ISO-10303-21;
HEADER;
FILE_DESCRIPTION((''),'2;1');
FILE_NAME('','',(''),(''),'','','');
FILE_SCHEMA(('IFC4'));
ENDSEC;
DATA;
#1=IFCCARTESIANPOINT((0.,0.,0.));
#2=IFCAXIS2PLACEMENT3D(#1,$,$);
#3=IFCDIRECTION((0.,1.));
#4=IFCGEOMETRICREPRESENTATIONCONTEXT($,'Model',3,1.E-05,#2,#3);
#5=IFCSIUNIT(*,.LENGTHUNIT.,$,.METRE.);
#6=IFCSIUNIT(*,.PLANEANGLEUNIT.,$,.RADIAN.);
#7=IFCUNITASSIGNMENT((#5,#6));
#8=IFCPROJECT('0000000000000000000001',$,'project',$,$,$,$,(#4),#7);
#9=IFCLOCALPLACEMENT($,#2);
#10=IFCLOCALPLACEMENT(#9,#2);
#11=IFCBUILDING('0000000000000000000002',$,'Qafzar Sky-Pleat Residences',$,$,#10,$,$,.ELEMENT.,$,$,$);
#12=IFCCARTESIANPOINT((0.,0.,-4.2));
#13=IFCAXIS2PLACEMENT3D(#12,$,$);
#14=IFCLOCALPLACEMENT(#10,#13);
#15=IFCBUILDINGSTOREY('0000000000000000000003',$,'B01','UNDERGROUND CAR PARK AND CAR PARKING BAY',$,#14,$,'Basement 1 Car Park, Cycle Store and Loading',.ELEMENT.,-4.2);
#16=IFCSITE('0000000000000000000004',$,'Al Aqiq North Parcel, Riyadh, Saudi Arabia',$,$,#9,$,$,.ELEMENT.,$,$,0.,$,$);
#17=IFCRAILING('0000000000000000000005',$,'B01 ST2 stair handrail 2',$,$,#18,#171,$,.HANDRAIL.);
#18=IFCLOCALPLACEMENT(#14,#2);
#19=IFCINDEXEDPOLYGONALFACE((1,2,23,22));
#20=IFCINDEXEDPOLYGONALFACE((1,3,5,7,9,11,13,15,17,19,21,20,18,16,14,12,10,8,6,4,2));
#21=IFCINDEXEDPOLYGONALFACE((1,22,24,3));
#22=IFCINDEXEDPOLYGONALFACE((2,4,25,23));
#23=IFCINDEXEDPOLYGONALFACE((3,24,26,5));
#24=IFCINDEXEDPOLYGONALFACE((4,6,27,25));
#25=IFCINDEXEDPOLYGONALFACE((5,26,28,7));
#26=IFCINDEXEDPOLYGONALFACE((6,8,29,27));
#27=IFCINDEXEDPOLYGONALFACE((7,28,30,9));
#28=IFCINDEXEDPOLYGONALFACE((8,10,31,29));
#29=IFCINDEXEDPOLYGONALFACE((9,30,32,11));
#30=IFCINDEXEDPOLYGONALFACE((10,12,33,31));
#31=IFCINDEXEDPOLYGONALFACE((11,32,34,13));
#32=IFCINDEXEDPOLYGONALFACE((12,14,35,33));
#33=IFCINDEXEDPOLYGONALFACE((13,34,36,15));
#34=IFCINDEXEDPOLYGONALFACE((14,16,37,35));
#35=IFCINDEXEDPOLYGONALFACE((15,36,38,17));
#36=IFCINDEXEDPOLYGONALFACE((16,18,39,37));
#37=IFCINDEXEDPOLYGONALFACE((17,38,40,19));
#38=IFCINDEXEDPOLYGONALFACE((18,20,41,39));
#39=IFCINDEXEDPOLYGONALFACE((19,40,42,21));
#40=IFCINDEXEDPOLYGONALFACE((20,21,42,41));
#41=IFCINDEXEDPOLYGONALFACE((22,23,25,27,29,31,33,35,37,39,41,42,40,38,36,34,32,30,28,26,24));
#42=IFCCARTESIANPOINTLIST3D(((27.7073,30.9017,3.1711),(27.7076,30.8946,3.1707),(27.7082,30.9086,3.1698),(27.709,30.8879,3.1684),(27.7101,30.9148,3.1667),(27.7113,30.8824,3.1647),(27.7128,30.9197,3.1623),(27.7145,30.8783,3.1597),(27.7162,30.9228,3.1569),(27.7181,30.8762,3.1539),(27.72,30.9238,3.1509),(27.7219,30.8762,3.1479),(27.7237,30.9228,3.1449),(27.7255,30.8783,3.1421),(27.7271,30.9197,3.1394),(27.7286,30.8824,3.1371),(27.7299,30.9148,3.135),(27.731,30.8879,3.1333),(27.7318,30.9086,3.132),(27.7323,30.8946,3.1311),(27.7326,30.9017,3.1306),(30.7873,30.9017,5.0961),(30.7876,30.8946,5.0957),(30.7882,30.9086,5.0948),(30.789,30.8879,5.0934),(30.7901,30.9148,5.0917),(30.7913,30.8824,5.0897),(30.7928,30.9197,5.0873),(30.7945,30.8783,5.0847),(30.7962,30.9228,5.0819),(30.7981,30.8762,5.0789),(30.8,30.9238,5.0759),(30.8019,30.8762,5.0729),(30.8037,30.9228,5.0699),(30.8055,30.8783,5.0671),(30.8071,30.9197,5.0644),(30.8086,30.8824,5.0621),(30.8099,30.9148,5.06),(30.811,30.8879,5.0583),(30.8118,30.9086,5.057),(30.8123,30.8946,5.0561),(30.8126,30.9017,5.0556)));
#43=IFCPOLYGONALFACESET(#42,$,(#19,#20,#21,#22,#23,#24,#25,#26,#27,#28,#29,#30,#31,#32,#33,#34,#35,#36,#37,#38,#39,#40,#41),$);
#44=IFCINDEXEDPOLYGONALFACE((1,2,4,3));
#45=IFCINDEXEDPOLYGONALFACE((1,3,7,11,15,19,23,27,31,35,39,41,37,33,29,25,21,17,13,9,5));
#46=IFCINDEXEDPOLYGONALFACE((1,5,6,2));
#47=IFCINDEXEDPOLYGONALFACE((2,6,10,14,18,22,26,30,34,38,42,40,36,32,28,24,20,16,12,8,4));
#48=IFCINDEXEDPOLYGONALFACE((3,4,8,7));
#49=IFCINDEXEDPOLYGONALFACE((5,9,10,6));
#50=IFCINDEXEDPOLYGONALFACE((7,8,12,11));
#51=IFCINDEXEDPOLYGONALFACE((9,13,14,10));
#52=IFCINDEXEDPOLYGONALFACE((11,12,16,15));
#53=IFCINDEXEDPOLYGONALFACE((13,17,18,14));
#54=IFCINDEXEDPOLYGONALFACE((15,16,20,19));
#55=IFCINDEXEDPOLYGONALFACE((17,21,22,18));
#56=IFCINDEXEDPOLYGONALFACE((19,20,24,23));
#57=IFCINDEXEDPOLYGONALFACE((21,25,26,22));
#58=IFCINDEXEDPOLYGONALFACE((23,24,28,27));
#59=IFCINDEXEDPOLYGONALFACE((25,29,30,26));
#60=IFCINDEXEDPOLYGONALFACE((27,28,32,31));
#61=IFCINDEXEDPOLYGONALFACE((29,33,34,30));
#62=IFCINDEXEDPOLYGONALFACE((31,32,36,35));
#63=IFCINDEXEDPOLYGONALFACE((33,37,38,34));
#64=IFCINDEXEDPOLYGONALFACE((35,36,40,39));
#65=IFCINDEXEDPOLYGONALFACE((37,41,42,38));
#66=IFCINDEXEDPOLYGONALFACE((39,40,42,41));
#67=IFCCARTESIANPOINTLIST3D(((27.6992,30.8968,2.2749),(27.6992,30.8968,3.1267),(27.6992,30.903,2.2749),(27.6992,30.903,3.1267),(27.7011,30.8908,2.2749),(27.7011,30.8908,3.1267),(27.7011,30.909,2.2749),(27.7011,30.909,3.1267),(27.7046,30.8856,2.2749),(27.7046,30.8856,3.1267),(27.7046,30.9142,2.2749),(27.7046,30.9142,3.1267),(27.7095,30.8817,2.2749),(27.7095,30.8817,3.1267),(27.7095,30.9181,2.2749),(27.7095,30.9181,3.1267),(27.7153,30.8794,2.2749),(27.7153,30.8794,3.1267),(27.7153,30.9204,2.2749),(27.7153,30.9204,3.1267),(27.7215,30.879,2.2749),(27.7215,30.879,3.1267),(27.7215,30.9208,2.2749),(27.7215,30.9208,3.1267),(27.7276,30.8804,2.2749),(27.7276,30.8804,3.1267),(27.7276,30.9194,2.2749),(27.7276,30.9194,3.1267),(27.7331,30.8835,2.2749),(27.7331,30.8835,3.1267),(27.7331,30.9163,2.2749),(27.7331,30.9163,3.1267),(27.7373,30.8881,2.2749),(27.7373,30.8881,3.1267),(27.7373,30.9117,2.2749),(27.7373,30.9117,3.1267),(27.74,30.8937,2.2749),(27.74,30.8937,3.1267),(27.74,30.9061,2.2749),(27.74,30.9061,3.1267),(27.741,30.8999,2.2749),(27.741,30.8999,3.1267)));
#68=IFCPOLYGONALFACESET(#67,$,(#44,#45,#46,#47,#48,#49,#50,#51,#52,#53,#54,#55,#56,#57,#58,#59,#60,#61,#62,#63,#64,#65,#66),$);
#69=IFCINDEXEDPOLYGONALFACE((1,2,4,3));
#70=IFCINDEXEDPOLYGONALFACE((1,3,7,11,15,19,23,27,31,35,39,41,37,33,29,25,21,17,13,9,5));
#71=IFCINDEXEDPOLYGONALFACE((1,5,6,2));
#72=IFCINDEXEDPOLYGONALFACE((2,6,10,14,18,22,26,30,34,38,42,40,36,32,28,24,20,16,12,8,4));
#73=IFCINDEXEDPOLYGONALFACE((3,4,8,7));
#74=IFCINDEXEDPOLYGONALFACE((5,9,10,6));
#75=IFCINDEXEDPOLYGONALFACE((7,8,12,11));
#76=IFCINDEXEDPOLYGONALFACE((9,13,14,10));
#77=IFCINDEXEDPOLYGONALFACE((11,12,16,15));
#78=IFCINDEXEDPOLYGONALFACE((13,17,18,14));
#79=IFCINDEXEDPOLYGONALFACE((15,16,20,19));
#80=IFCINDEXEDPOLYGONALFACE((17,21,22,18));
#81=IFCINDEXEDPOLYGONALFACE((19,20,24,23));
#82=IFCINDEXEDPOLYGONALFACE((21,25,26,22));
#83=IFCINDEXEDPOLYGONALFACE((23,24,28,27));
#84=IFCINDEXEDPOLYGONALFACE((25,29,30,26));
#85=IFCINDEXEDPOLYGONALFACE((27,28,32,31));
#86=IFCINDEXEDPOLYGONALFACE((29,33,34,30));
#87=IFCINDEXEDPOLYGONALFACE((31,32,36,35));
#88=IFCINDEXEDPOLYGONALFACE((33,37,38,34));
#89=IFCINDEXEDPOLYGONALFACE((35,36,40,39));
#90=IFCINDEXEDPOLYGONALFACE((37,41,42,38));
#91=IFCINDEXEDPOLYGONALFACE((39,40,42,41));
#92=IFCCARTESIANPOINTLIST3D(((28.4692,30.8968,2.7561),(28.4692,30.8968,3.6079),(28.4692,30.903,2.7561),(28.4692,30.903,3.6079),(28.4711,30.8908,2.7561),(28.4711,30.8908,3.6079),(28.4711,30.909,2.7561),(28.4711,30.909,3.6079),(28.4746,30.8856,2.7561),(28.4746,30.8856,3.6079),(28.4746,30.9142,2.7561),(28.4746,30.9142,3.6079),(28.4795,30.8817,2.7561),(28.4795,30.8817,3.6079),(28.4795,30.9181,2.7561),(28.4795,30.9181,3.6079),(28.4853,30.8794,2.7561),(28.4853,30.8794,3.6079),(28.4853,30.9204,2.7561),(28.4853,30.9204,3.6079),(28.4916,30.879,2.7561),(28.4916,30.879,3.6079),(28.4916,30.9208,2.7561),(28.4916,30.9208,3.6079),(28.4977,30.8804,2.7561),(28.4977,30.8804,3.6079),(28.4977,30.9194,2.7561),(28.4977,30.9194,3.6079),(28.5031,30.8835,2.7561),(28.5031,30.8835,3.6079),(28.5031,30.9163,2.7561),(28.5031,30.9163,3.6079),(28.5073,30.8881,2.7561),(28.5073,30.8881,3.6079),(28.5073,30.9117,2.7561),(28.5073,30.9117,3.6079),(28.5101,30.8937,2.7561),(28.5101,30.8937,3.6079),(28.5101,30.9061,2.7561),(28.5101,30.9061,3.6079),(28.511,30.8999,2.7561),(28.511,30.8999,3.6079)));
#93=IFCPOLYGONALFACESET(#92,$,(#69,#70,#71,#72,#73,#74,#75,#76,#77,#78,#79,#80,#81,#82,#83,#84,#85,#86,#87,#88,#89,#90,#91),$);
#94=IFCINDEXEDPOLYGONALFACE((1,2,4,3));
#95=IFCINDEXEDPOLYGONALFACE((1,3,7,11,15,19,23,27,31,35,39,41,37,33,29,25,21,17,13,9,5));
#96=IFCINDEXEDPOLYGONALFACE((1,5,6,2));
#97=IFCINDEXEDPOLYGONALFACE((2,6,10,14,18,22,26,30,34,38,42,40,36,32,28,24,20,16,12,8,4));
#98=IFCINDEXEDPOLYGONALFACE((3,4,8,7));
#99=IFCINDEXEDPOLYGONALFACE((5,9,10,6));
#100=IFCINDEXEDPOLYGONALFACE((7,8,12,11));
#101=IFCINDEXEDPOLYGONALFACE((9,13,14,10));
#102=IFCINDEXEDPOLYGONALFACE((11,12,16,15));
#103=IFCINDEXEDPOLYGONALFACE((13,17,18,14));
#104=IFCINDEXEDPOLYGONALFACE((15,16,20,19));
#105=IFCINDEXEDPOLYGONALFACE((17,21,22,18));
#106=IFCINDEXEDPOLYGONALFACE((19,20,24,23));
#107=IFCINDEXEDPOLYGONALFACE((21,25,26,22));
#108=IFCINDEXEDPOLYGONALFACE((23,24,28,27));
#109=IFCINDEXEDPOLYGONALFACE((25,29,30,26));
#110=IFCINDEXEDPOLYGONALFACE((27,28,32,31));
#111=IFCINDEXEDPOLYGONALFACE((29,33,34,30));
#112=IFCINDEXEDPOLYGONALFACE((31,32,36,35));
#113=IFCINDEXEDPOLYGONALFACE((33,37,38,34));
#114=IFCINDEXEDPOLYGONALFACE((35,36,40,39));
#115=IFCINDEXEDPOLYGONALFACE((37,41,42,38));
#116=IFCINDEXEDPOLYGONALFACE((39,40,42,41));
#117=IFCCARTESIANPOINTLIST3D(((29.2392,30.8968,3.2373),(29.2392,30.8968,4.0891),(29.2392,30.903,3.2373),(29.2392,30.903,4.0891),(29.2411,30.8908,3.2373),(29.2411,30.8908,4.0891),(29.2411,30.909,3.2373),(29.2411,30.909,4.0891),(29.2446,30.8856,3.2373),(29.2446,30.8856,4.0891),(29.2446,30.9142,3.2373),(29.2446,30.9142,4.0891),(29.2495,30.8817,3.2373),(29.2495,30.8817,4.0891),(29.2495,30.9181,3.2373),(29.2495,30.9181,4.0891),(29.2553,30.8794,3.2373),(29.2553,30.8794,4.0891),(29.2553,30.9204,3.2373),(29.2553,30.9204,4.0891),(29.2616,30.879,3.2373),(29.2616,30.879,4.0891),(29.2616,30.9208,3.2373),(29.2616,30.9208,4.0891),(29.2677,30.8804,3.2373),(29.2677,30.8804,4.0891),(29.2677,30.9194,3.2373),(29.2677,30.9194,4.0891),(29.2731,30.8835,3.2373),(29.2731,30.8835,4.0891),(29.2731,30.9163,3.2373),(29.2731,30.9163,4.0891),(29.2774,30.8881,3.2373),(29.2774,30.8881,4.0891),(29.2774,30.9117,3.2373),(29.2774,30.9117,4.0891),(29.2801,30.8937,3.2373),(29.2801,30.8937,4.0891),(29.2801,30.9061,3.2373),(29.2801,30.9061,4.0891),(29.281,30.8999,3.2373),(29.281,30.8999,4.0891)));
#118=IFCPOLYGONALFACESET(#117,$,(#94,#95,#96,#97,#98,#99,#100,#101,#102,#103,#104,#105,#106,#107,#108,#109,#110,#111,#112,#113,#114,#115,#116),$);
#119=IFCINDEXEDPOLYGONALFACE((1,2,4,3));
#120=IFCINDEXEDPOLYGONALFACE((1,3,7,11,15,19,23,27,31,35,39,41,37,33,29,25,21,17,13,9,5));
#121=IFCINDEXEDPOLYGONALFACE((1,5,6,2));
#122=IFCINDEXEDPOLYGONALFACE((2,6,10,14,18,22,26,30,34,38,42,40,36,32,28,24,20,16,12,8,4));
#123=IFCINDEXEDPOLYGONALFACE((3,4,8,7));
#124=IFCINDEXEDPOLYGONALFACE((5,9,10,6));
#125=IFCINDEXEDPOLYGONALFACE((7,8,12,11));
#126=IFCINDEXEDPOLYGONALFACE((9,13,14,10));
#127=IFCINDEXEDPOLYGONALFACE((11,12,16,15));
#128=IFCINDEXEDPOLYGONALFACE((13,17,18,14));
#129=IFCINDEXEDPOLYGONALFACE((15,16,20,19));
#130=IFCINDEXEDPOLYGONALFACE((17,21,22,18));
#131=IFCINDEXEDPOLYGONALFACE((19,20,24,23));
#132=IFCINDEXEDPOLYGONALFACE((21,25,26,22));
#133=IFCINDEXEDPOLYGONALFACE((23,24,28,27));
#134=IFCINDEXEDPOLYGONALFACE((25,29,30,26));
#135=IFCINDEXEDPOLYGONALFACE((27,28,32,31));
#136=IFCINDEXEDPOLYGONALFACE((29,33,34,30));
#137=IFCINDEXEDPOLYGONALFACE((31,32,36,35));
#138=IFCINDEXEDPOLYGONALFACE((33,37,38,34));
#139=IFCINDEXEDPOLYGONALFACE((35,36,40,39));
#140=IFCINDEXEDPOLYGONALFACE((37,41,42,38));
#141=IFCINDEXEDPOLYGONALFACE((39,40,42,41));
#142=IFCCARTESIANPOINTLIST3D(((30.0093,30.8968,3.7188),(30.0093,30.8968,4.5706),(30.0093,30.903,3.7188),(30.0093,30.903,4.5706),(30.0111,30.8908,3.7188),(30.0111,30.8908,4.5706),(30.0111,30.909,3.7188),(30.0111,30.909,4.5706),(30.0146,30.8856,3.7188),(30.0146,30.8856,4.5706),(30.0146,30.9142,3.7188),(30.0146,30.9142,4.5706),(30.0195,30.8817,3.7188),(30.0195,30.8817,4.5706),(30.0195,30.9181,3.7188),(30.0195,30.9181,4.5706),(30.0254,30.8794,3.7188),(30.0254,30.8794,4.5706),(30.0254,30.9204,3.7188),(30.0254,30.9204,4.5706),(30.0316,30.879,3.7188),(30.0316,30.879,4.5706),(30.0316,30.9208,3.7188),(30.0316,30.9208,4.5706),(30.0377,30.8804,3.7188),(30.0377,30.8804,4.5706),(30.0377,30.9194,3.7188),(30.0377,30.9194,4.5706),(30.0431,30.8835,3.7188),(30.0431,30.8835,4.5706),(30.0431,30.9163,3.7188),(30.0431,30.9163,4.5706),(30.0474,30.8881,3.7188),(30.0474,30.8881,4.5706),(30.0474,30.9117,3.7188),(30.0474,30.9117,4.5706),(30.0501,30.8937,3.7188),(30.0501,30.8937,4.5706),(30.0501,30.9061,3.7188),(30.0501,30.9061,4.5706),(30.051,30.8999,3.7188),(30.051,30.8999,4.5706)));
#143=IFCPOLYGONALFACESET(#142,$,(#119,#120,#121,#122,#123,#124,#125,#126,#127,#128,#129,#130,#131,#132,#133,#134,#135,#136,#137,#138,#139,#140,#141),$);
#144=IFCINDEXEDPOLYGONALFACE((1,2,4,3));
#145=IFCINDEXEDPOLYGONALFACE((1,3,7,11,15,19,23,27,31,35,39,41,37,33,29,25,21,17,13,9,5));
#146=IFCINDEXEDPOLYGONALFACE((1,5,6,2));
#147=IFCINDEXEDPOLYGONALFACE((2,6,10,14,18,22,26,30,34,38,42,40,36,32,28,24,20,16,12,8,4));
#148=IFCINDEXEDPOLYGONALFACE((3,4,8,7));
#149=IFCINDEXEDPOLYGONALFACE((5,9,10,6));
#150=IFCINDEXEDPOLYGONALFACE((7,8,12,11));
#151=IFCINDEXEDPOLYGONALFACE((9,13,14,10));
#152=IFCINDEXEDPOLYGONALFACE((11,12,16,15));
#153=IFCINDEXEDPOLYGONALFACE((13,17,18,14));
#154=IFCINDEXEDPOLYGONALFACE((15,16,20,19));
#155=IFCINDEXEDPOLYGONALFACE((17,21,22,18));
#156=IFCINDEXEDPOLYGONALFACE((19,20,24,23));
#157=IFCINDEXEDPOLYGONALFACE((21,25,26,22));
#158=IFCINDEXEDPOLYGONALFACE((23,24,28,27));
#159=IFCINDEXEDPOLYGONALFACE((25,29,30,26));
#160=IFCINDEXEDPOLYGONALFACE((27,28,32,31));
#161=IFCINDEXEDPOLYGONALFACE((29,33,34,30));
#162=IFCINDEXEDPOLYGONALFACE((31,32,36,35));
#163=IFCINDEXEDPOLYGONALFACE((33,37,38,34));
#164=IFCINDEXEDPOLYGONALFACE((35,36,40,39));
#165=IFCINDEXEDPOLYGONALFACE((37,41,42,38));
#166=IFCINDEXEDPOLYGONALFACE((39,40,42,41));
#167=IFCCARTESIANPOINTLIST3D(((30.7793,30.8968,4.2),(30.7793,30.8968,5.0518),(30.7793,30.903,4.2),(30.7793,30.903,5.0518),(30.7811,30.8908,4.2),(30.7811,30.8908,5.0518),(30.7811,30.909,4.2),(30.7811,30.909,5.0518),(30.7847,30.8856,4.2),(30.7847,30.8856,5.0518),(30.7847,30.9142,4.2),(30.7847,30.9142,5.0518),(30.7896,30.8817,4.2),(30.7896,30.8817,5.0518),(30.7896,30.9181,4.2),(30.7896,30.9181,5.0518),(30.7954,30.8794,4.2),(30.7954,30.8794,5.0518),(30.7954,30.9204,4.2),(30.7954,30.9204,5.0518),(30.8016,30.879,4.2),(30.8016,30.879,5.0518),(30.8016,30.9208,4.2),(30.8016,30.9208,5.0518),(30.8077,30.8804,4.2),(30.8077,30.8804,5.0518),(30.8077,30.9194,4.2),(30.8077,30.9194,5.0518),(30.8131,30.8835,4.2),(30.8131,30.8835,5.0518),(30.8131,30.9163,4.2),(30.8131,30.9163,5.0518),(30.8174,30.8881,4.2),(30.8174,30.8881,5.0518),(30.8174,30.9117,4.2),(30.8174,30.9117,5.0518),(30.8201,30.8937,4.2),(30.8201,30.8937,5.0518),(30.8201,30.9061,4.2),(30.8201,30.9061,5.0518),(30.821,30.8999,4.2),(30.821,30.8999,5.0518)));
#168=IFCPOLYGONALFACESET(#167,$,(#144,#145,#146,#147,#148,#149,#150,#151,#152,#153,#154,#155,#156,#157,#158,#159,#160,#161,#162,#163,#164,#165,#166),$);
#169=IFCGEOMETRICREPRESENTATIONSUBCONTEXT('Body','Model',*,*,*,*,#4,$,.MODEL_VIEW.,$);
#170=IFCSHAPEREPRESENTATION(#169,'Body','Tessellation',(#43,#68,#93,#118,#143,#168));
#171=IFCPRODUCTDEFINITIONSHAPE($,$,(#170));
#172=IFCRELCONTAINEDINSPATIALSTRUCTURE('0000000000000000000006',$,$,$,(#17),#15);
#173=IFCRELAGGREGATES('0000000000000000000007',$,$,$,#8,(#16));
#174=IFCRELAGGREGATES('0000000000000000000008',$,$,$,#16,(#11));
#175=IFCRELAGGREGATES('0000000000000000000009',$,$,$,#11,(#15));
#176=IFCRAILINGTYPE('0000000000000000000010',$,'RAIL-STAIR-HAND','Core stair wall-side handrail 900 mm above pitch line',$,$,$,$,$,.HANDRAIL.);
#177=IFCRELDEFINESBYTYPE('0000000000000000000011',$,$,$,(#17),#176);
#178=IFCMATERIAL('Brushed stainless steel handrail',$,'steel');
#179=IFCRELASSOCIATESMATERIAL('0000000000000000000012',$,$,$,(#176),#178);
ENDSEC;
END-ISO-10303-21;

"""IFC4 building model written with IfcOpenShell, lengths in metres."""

from ifc_helpers import new_model, si_unit, direction, frame, origin, origin_2d, place, context, subcontext, project, spatial, circle, extrude, source, transform, mapped, material, type_object, element, save


model = new_model("IFC4")

# Units and contexts
model_context = context("Model", 3, precision=1e-05, world=origin(), true_north=direction((0.0, 1.0)))
body_context = subcontext(model_context, "Body", "Model", "MODEL_VIEW")
ifc_project = project(units=[si_unit("LENGTHUNIT", "METRE"), si_unit("PLANEANGLEUNIT", "RADIAN")], contexts=[model_context])

# Site, building, storey
site_placement = place(None, origin())
site = spatial("IfcSite", under=ifc_project, at=site_placement, Name="Al Aqiq North Parcel, Riyadh, Saudi Arabia", CompositionType="ELEMENT", RefElevation=0.0)
building_placement = place(site_placement, origin())
building = spatial("IfcBuilding", under=site, at=building_placement, Name="Qafzar Sky-Pleat Residences", CompositionType="ELEMENT")
storey_placement = place(building_placement, frame((0.0, 0.0, -4.2)))
storey = spatial("IfcBuildingStorey", under=building, at=storey_placement, Name="B01", Description="UNDERGROUND CAR PARK AND CAR PARKING BAY", LongName="Basement 1 Car Park, Cycle Store and Loading", CompositionType="ELEMENT", Elevation=-4.2)

# Railing
ifc_material_1 = material(Name="Brushed stainless steel handrail", Category="steel")
railing_type_1 = type_object("IfcRailingType", Name="RAIL-STAIR-HAND", Description="Core stair wall-side handrail 900 mm above pitch line", PredefinedType="HANDRAIL", material=ifc_material_1)
shared_shape_1 = source(origin(), body_context, "Body", "SweptSolid", [
    extrude(circle(Radius=0.0239, at=origin_2d()), frame((0.0, 0.0, 0.876), z_axis=(0.847998, 0.0, 0.529999), x_axis=(0.0, 1.0, 0.0)), (0.0, 0.0, 1.0), 3.6321),
    extrude(circle(Radius=0.021, at=origin_2d()), origin(), (0.0, 0.0, 1.0), 0.8518),
    extrude(circle(Radius=0.021, at=origin_2d()), frame((0.77, 0.0, 0.4812)), (0.0, 0.0, 1.0), 0.8518),
    extrude(circle(Radius=0.021, at=origin_2d()), frame((1.54, 0.0, 0.9624)), (0.0, 0.0, 1.0), 0.8518),
    extrude(circle(Radius=0.021, at=origin_2d()), frame((2.3101, 0.0, 1.4438)), (0.0, 0.0, 1.0), 0.8518),
    extrude(circle(Radius=0.021, at=origin_2d()), frame((3.0801, 0.0, 1.925)), (0.0, 0.0, 1.0), 0.8518),
])
railing_1_placement = place(storey_placement, frame((27.72, 30.8999, 2.2749)))
element("IfcRailing", 1, at=railing_1_placement, inside=storey, type_object=railing_type_1, Name="B01 ST2 stair handrail 2", PredefinedType="HANDRAIL", context=body_context, shape_type="MappedRepresentation", body=[
    mapped(shared_shape_1, transform((0.0, 0.0, 0.0), x_axis=(1.0, 0.0, 0.0), y_axis=(0.0, 1.0, 0.0), z_axis=(0.0, 0.0, 1.0), scale=1.0)),
])

save(model, "model.ifc")
